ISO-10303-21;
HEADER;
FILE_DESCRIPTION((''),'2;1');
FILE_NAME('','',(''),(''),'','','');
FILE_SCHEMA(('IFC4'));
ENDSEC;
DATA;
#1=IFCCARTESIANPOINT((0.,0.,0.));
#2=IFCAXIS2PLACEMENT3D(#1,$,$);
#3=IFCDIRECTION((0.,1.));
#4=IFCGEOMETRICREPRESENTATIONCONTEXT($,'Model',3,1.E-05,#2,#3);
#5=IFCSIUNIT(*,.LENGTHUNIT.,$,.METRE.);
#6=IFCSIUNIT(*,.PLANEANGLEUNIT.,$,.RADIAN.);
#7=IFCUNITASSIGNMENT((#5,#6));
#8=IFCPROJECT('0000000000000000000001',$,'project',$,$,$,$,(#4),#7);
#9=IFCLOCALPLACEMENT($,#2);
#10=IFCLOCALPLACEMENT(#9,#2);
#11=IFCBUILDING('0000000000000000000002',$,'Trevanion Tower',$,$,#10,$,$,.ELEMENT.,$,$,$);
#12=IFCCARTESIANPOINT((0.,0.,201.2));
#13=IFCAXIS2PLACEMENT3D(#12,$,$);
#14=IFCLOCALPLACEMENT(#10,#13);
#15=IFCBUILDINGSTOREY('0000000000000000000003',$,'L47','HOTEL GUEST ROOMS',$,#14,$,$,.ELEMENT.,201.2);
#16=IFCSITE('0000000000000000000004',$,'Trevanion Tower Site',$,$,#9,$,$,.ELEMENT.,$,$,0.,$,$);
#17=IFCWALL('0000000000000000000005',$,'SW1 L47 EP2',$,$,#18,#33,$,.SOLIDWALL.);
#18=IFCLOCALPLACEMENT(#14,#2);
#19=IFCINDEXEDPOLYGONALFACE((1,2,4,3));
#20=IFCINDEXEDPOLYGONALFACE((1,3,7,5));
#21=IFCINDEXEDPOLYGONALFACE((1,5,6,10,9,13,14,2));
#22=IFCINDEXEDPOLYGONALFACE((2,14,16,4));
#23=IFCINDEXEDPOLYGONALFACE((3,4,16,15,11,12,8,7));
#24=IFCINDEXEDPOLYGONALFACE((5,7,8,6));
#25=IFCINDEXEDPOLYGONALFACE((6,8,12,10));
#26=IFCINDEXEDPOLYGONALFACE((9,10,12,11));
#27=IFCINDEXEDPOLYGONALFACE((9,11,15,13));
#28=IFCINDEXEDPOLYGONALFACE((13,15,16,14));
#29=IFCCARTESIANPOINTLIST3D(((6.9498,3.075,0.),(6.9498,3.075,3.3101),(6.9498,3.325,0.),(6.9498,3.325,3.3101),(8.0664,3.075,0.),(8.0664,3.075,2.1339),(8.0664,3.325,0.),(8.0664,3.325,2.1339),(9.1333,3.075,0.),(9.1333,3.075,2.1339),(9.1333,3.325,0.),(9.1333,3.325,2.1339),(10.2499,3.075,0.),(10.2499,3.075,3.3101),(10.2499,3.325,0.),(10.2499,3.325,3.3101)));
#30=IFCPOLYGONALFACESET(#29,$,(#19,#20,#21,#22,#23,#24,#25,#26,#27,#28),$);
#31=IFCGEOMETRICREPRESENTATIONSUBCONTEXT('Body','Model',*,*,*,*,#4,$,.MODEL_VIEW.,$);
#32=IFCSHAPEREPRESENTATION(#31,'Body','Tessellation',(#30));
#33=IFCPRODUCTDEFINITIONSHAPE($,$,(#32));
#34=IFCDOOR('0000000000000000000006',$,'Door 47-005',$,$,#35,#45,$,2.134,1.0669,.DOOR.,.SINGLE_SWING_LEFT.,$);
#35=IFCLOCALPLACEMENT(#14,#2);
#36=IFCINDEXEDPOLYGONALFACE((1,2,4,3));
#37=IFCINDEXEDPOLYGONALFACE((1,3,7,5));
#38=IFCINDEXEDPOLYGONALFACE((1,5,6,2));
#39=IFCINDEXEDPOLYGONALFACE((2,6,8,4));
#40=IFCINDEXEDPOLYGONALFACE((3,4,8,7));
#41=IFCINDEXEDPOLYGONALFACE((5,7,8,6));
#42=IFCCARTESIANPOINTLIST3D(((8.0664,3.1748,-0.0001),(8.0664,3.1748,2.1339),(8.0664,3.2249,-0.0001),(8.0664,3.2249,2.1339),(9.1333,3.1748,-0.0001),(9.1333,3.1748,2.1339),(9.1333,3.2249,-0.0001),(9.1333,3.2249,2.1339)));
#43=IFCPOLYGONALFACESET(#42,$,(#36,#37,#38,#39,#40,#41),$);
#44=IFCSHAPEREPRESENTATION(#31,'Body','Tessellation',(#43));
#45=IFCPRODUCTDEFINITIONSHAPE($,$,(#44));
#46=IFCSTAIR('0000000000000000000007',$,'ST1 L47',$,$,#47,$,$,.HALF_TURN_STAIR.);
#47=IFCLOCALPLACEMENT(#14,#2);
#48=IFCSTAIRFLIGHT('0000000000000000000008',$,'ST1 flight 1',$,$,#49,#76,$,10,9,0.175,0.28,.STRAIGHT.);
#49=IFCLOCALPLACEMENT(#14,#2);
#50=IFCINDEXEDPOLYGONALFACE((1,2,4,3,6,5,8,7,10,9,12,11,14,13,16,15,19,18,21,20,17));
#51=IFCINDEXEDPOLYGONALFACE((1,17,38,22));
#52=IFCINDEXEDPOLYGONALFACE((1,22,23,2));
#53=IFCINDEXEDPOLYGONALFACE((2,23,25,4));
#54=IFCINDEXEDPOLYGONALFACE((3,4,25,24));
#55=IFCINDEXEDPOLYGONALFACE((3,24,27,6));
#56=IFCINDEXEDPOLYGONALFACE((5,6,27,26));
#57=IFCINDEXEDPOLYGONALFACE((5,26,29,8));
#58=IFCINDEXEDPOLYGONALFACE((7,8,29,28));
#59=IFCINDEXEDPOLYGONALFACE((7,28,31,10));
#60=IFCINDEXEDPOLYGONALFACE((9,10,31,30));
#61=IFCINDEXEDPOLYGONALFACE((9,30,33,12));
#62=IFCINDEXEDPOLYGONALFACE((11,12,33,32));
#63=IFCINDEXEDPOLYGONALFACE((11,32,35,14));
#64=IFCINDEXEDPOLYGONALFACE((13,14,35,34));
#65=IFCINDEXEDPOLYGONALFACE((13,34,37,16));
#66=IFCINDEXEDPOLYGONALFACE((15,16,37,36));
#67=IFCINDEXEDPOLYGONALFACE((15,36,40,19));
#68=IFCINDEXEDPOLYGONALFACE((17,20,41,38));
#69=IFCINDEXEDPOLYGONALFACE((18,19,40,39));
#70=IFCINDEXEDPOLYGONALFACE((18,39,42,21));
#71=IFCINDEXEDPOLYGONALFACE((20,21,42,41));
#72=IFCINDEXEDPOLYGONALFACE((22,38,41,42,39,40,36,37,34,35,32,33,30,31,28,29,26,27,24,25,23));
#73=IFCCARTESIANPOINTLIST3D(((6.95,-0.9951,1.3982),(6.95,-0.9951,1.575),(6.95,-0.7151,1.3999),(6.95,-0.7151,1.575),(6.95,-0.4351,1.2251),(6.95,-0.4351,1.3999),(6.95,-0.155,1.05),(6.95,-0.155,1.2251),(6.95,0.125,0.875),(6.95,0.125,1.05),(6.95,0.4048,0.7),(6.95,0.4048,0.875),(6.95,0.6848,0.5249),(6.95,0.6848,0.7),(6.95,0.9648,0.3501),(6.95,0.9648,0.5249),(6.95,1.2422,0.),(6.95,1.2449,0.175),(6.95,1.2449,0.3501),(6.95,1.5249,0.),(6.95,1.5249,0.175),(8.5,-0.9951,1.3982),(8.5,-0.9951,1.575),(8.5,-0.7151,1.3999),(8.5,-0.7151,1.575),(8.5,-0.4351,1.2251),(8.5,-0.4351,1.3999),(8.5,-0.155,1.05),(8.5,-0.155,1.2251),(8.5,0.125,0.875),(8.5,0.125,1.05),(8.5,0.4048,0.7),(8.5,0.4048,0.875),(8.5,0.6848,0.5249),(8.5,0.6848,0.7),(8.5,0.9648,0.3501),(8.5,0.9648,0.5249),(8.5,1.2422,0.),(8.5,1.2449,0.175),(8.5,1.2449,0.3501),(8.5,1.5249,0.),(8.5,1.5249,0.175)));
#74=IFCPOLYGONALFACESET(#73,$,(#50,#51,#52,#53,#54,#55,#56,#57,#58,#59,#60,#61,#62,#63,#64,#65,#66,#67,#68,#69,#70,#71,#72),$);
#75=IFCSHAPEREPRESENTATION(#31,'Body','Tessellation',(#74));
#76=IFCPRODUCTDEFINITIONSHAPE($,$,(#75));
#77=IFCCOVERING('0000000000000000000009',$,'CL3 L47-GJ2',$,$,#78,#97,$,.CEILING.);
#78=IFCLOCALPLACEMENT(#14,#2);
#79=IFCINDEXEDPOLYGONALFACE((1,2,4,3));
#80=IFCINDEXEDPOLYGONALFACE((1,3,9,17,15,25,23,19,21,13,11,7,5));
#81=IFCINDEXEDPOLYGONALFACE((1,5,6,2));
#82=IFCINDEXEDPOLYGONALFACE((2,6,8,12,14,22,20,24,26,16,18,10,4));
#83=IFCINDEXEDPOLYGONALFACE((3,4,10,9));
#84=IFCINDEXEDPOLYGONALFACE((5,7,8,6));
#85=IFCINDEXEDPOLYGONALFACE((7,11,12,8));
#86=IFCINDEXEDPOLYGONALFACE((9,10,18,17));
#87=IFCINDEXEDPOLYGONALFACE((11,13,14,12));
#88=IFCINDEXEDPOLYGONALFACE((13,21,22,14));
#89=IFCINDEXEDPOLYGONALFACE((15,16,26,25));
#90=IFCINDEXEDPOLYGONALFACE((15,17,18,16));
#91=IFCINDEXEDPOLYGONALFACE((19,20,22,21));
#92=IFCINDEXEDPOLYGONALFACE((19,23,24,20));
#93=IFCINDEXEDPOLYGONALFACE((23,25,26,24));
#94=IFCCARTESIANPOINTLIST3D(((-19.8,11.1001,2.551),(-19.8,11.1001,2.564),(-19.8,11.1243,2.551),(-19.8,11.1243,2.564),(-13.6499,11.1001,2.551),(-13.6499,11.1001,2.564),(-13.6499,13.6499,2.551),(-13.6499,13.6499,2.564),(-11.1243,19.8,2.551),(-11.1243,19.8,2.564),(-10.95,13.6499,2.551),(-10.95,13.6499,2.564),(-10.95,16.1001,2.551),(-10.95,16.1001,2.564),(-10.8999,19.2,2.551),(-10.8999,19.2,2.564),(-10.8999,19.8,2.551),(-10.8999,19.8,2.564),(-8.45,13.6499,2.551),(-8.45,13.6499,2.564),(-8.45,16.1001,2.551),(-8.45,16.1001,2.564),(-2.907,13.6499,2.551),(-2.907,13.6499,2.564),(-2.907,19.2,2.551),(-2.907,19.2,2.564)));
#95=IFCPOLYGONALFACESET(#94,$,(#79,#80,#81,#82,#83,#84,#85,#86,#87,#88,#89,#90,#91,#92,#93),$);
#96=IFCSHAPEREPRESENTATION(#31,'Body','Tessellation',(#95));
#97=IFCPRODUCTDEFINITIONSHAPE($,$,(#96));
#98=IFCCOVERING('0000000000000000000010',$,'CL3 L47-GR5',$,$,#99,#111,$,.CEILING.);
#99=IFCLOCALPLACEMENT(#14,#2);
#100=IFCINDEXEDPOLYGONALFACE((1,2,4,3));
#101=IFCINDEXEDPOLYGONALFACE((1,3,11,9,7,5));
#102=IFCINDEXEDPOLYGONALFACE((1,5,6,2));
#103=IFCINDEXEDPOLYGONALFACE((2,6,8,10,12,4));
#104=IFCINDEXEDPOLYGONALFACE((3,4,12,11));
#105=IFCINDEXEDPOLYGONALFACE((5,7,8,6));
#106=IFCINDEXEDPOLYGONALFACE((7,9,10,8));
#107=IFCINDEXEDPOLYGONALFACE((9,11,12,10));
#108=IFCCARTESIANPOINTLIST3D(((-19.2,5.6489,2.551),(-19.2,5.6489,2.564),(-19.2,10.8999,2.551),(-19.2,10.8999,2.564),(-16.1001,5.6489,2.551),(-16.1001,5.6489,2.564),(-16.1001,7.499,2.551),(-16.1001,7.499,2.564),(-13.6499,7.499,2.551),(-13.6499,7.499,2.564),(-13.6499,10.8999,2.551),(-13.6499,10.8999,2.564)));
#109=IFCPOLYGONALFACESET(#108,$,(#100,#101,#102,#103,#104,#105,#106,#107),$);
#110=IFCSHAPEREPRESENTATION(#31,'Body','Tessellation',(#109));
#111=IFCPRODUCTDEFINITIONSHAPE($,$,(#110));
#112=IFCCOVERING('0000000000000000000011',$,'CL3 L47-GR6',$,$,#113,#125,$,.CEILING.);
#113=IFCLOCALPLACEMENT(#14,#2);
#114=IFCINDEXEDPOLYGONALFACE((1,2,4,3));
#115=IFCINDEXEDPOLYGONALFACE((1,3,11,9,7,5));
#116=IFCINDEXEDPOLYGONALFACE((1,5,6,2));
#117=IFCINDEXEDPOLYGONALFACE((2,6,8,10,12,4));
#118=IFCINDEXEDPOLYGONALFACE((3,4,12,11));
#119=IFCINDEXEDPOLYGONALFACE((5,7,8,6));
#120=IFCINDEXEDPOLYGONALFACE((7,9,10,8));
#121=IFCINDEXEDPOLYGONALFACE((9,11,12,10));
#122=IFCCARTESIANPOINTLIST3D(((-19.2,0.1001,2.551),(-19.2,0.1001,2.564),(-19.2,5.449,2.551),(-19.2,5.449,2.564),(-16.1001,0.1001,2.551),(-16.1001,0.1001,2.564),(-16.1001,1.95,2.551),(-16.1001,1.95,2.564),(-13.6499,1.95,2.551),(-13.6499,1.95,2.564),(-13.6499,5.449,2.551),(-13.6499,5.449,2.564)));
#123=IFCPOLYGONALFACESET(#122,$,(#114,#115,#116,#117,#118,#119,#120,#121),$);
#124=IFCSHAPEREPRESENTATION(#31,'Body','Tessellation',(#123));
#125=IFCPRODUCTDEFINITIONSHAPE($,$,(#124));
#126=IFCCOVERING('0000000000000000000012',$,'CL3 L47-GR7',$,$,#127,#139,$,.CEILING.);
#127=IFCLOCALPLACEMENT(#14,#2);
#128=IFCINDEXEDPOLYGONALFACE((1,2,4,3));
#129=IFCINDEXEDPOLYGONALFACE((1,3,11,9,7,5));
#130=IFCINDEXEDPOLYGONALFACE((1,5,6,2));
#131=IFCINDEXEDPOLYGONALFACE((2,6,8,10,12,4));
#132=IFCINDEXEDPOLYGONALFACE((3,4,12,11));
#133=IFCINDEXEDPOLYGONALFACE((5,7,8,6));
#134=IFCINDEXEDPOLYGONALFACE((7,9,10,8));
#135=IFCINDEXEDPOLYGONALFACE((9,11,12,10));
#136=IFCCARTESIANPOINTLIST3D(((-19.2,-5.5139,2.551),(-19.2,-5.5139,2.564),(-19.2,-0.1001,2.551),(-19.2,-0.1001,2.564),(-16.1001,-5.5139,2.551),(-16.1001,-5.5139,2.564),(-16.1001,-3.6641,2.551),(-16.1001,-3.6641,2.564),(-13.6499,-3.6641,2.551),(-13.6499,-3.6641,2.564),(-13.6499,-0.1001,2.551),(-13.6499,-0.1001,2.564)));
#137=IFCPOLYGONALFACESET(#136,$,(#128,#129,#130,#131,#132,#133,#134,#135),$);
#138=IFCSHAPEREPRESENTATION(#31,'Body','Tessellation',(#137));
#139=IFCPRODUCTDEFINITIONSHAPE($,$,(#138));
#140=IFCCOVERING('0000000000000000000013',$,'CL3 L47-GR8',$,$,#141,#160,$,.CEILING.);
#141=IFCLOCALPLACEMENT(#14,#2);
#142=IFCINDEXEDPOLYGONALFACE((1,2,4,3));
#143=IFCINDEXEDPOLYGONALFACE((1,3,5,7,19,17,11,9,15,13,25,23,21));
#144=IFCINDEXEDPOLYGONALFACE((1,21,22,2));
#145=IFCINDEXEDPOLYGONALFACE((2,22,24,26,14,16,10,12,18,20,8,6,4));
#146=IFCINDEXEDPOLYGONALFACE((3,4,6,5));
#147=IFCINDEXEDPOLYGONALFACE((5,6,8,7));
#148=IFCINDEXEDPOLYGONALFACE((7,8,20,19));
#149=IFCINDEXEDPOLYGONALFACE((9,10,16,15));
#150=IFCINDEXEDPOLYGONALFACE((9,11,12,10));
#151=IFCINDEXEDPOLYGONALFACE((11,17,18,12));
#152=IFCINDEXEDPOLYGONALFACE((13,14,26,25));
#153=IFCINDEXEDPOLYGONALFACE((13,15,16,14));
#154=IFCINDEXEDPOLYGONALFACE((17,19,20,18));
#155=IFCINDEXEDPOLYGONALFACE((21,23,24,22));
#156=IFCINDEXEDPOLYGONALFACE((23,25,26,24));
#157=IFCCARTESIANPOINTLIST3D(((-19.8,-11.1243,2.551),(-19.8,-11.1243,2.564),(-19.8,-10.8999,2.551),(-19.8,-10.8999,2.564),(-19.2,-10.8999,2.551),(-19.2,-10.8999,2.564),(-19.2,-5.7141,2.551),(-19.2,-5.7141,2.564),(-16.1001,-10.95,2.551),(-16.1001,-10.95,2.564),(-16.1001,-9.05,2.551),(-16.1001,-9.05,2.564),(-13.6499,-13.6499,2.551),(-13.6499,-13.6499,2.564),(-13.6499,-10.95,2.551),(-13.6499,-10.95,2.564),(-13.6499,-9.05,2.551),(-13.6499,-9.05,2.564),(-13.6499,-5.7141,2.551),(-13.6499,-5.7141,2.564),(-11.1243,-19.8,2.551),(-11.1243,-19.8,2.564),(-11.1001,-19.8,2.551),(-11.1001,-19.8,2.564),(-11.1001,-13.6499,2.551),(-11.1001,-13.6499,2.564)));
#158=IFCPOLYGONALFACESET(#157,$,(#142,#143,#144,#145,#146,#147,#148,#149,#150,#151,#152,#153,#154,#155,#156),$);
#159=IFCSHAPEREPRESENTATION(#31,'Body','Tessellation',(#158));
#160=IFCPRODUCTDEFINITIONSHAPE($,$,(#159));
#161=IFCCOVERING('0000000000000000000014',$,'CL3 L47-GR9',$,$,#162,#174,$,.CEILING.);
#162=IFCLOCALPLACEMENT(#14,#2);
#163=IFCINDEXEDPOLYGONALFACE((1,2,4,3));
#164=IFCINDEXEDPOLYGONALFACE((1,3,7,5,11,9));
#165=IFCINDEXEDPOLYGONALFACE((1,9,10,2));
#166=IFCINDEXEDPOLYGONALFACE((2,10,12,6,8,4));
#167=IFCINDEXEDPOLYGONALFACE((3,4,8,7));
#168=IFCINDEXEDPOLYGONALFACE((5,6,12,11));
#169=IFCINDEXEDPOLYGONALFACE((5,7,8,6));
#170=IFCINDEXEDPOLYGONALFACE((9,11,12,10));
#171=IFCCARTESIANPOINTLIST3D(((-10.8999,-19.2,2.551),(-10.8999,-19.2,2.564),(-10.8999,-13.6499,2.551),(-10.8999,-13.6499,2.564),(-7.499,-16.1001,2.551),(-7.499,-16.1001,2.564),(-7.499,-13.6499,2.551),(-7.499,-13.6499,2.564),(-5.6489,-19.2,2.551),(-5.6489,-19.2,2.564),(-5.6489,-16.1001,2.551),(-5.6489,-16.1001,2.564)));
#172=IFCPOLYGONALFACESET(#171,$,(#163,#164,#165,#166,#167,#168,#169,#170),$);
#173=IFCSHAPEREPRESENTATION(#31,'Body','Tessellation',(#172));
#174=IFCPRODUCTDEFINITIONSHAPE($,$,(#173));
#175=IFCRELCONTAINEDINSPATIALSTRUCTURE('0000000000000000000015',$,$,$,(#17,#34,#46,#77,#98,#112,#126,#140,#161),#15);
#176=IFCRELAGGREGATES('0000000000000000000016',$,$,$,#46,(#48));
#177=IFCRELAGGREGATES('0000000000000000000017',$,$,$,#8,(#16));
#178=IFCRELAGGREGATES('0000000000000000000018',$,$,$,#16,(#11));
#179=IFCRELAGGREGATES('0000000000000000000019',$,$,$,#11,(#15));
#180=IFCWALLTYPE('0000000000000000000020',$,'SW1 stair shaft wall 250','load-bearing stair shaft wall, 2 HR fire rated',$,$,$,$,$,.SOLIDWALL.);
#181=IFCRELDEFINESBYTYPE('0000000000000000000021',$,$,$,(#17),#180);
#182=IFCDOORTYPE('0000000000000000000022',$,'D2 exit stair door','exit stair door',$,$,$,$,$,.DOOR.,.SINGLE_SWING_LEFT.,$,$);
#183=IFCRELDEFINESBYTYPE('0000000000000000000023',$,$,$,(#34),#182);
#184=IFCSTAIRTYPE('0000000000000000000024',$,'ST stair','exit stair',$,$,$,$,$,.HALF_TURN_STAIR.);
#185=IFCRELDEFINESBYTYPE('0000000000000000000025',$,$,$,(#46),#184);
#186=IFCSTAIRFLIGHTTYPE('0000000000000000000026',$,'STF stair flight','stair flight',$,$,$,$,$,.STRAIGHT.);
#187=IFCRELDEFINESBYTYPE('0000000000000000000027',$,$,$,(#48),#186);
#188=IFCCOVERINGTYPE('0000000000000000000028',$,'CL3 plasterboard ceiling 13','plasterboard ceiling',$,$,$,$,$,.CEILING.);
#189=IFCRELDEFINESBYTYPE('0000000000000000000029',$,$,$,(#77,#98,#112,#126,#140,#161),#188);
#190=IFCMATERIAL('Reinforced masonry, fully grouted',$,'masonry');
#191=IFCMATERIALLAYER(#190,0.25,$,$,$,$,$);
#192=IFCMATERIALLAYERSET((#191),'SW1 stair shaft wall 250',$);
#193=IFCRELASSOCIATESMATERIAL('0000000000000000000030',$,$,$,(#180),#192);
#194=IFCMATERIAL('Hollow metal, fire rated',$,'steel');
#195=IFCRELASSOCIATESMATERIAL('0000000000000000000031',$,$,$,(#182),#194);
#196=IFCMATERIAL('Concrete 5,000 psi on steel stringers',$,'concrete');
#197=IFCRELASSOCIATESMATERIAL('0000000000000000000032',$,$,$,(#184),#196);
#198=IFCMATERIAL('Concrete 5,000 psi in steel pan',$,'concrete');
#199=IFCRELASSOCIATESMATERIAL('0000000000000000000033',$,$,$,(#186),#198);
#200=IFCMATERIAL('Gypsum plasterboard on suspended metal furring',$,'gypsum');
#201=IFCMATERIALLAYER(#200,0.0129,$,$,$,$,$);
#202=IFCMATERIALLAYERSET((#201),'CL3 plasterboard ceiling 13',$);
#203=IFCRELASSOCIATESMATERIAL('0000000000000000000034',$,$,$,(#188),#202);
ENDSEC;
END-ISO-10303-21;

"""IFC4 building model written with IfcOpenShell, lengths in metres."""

from ifc_helpers import new_model, si_unit, direction, frame, frame_2d, origin, place, context, subcontext, project, spatial, polyline, rectangle, outline, extrude, material, layer, layer_set, type_object, element, fill, aggregate, save


model = new_model("IFC4")

# Units and contexts
model_context = context("Model", 3, precision=1e-05, world=origin(), true_north=direction((0.0, 1.0)))
body_context = subcontext(model_context, "Body", "Model", "MODEL_VIEW")
ifc_project = project(units=[si_unit("LENGTHUNIT", "METRE"), si_unit("PLANEANGLEUNIT", "RADIAN")], contexts=[model_context])

# Site, building, storey
site_placement = place(None, origin())
site = spatial("IfcSite", under=ifc_project, at=site_placement, Name="Trevanion Tower Site", CompositionType="ELEMENT", RefElevation=0.0)
building_placement = place(site_placement, origin())
building = spatial("IfcBuilding", under=site, at=building_placement, Name="Trevanion Tower", CompositionType="ELEMENT")
storey_placement = place(building_placement, frame((0.0, 0.0, 201.2)))
storey = spatial("IfcBuildingStorey", under=building, at=storey_placement, Name="L47", Description="HOTEL GUEST ROOMS", CompositionType="ELEMENT", Elevation=201.2)

# Wall, opening, door
ifc_material_1 = material(Name="Reinforced masonry, fully grouted", Category="masonry")
ifc_layer_1 = layer(ifc_material_1, 0.25)
ifc_layer_set_1 = layer_set([ifc_layer_1], Name="SW1 stair shaft wall 250")
wall_type_1 = type_object("IfcWallType", Name="SW1 stair shaft wall 250", Description="load-bearing stair shaft wall, 2 HR fire rated", PredefinedType="SOLIDWALL", material=ifc_layer_set_1)
wall_1_placement = place(storey_placement, frame((6.95, 3.2, 0.0), z_axis=(0.0, 0.0, 1.0), x_axis=(1.0, 0.0, 0.0)))
wall_1 = element("IfcWall", 1, at=wall_1_placement, inside=storey, type_object=wall_type_1, Name="SW1 L47 EP2", PredefinedType="SOLIDWALL", context=body_context, shape_type="SweptSolid", body=[
    extrude(rectangle(XDim=3.3, YDim=0.25, at=frame_2d((1.6499, 0.0))), origin(), (0.0, 0.0, 1.0), 3.3101),
])
opening_1_placement = place(wall_1_placement, frame((1.1165, 0.0, 0.0)))
opening_1 = element("IfcOpeningElement", 2, at=opening_1_placement, cuts=wall_1, PredefinedType="OPENING", context=body_context, shape_type="SweptSolid", body=[
    extrude(rectangle(XDim=1.0669, YDim=2.134, at=frame_2d((0.5334, 1.0669))), frame((0.0, 0.135, 0.0), z_axis=(0.0, -1.0, 0.0), x_axis=(1.0, 0.0, 0.0)), (0.0, 0.0, 1.0), 0.27),
])
ifc_material_2 = material(Name="Hollow metal, fire rated", Category="steel")
door_type_1 = type_object("IfcDoorType", Name="D2 exit stair door", Description="exit stair door", OperationType="SINGLE_SWING_LEFT", PredefinedType="DOOR", material=ifc_material_2)
door_1_placement = place(opening_1_placement, origin())
door_1 = element("IfcDoor", 3, at=door_1_placement, inside=storey, type_object=door_type_1, Name="Door 47-005", OperationType="SINGLE_SWING_LEFT", OverallHeight=2.134, OverallWidth=1.0669, PredefinedType="DOOR", context=body_context, shape_type="SweptSolid", body=[
    extrude(rectangle(XDim=1.0669, YDim=2.134, at=frame_2d((0.5334, 1.0669))), frame((0.0, 0.0249, 0.0), z_axis=(0.0, -1.0, 0.0), x_axis=(1.0, 0.0, 0.0)), (0.0, 0.0, 1.0), 0.05),
])
fill(opening_1, door_1)

# Stair, stair flight
ifc_material_3 = material(Name="Concrete 5,000 psi on steel stringers", Category="concrete")
stair_type = type_object("IfcStairType", Name="ST stair", Description="exit stair", PredefinedType="HALF_TURN_STAIR", material=ifc_material_3)
stair_placement = place(storey_placement, origin())
stair = element("IfcStair", 4, at=stair_placement, inside=storey, type_object=stair_type, Name="ST1 L47", PredefinedType="HALF_TURN_STAIR")
ifc_material_4 = material(Name="Concrete 5,000 psi in steel pan", Category="concrete")
stair_flight_type = type_object("IfcStairFlightType", Name="STF stair flight", Description="stair flight", PredefinedType="STRAIGHT", material=ifc_material_4)
stair_flight_placement = place(storey_placement, frame((7.7251, 1.5249, 0.0), z_axis=(0.0, 0.0, 1.0), x_axis=(0.0, -1.0, 0.0)))
stair_flight = element("IfcStairFlight", 5, at=stair_flight_placement, type_object=stair_flight_type, Name="ST1 flight 1", NumberOfRisers=10, NumberOfTreads=9, PredefinedType="STRAIGHT", RiserHeight=0.175, TreadLength=0.28, context=body_context, shape_type="SweptSolid", body=[
    extrude(outline(polyline([(0.0, 0.0), (0.0, 0.175), (0.28, 0.175), (0.28, 0.3501), (0.5601, 0.3501), (0.5601, 0.5249), (0.8401, 0.5249), (0.8401, 0.7), (1.1201, 0.7), (1.1201, 0.875), (1.3999, 0.875), (1.3999, 1.05), (1.6799, 1.05), (1.6799, 1.2251), (1.96, 1.2251), (1.96, 1.3999), (2.24, 1.3999), (2.24, 1.575), (2.52, 1.575), (2.52, 1.75), (2.52, 1.3982), (0.2827, 0.0), (0.0, 0.0)])), frame((0.0, 0.7749, 0.0), z_axis=(0.0, -1.0, 0.0), x_axis=(1.0, 0.0, 0.0)), (0.0, 0.0, 1.0), 1.55),
])
aggregate(stair, [stair_flight])

# Coverings
ifc_material_5 = material(Name="Gypsum plasterboard on suspended metal furring", Category="gypsum")
ifc_layer_2 = layer(ifc_material_5, 0.0129)
ifc_layer_set_2 = layer_set([ifc_layer_2], Name="CL3 plasterboard ceiling 13")
covering_type_1 = type_object("IfcCoveringType", Name="CL3 plasterboard ceiling 13", Description="plasterboard ceiling", PredefinedType="CEILING", material=ifc_layer_set_2)
covering_1_placement = place(storey_placement, frame((0.0, 0.0, 2.551)))
element("IfcCovering", 6, at=covering_1_placement, inside=storey, type_object=covering_type_1, Name="CL3 L47-GJ2", PredefinedType="CEILING", context=body_context, shape_type="SweptSolid", body=[
    extrude(outline(polyline([(-13.6499, 11.1001), (-19.8, 11.1001), (-19.8, 11.1243), (-11.1243, 19.8), (-10.8999, 19.8), (-10.8999, 19.2), (-2.907, 19.2), (-2.907, 13.6499), (-8.45, 13.6499), (-8.45, 16.1001), (-10.95, 16.1001), (-10.95, 13.6499), (-13.6499, 13.6499), (-13.6499, 11.1001)])), origin(), (0.0, 0.0, 1.0), 0.0129),
])
covering_2_placement = place(storey_placement, frame((0.0, 0.0, 2.551)))
element("IfcCovering", 7, at=covering_2_placement, inside=storey, type_object=covering_type_1, Name="CL3 L47-GR5", PredefinedType="CEILING", context=body_context, shape_type="SweptSolid", body=[
    extrude(outline(polyline([(-13.6499, 7.499), (-16.1001, 7.499), (-16.1001, 5.6489), (-19.2, 5.6489), (-19.2, 10.8999), (-13.6499, 10.8999), (-13.6499, 7.499)])), origin(), (0.0, 0.0, 1.0), 0.0129),
])
covering_3_placement = place(storey_placement, frame((0.0, 0.0, 2.551)))
element("IfcCovering", 8, at=covering_3_placement, inside=storey, type_object=covering_type_1, Name="CL3 L47-GR6", PredefinedType="CEILING", context=body_context, shape_type="SweptSolid", body=[
    extrude(outline(polyline([(-13.6499, 1.95), (-16.1001, 1.95), (-16.1001, 0.1001), (-19.2, 0.1001), (-19.2, 5.449), (-13.6499, 5.449), (-13.6499, 1.95)])), origin(), (0.0, 0.0, 1.0), 0.0129),
])
covering_4_placement = place(storey_placement, frame((0.0, 0.0, 2.551)))
element("IfcCovering", 9, at=covering_4_placement, inside=storey, type_object=covering_type_1, Name="CL3 L47-GR7", PredefinedType="CEILING", context=body_context, shape_type="SweptSolid", body=[
    extrude(outline(polyline([(-13.6499, -3.6641), (-16.1001, -3.6641), (-16.1001, -5.5139), (-19.2, -5.5139), (-19.2, -0.1001), (-13.6499, -0.1001), (-13.6499, -3.6641)])), origin(), (0.0, 0.0, 1.0), 0.0129),
])
covering_5_placement = place(storey_placement, frame((0.0, 0.0, 2.551)))
element("IfcCovering", 10, at=covering_5_placement, inside=storey, type_object=covering_type_1, Name="CL3 L47-GR8", PredefinedType="CEILING", context=body_context, shape_type="SweptSolid", body=[
    extrude(outline(polyline([(-11.1001, -13.6499), (-11.1001, -19.8), (-11.1243, -19.8), (-19.8, -11.1243), (-19.8, -10.8999), (-19.2, -10.8999), (-19.2, -5.7141), (-13.6499, -5.7141), (-13.6499, -9.05), (-16.1001, -9.05), (-16.1001, -10.95), (-13.6499, -10.95), (-13.6499, -13.6499), (-11.1001, -13.6499)])), origin(), (0.0, 0.0, 1.0), 0.0129),
])
covering_6_placement = place(storey_placement, frame((0.0, 0.0, 2.551)))
element("IfcCovering", 11, at=covering_6_placement, inside=storey, type_object=covering_type_1, Name="CL3 L47-GR9", PredefinedType="CEILING", context=body_context, shape_type="SweptSolid", body=[
    extrude(outline(polyline([(-7.499, -13.6499), (-7.499, -16.1001), (-5.6489, -16.1001), (-5.6489, -19.2), (-10.8999, -19.2), (-10.8999, -13.6499), (-7.499, -13.6499)])), origin(), (0.0, 0.0, 1.0), 0.0129),
])

save(model, "model.ifc")
